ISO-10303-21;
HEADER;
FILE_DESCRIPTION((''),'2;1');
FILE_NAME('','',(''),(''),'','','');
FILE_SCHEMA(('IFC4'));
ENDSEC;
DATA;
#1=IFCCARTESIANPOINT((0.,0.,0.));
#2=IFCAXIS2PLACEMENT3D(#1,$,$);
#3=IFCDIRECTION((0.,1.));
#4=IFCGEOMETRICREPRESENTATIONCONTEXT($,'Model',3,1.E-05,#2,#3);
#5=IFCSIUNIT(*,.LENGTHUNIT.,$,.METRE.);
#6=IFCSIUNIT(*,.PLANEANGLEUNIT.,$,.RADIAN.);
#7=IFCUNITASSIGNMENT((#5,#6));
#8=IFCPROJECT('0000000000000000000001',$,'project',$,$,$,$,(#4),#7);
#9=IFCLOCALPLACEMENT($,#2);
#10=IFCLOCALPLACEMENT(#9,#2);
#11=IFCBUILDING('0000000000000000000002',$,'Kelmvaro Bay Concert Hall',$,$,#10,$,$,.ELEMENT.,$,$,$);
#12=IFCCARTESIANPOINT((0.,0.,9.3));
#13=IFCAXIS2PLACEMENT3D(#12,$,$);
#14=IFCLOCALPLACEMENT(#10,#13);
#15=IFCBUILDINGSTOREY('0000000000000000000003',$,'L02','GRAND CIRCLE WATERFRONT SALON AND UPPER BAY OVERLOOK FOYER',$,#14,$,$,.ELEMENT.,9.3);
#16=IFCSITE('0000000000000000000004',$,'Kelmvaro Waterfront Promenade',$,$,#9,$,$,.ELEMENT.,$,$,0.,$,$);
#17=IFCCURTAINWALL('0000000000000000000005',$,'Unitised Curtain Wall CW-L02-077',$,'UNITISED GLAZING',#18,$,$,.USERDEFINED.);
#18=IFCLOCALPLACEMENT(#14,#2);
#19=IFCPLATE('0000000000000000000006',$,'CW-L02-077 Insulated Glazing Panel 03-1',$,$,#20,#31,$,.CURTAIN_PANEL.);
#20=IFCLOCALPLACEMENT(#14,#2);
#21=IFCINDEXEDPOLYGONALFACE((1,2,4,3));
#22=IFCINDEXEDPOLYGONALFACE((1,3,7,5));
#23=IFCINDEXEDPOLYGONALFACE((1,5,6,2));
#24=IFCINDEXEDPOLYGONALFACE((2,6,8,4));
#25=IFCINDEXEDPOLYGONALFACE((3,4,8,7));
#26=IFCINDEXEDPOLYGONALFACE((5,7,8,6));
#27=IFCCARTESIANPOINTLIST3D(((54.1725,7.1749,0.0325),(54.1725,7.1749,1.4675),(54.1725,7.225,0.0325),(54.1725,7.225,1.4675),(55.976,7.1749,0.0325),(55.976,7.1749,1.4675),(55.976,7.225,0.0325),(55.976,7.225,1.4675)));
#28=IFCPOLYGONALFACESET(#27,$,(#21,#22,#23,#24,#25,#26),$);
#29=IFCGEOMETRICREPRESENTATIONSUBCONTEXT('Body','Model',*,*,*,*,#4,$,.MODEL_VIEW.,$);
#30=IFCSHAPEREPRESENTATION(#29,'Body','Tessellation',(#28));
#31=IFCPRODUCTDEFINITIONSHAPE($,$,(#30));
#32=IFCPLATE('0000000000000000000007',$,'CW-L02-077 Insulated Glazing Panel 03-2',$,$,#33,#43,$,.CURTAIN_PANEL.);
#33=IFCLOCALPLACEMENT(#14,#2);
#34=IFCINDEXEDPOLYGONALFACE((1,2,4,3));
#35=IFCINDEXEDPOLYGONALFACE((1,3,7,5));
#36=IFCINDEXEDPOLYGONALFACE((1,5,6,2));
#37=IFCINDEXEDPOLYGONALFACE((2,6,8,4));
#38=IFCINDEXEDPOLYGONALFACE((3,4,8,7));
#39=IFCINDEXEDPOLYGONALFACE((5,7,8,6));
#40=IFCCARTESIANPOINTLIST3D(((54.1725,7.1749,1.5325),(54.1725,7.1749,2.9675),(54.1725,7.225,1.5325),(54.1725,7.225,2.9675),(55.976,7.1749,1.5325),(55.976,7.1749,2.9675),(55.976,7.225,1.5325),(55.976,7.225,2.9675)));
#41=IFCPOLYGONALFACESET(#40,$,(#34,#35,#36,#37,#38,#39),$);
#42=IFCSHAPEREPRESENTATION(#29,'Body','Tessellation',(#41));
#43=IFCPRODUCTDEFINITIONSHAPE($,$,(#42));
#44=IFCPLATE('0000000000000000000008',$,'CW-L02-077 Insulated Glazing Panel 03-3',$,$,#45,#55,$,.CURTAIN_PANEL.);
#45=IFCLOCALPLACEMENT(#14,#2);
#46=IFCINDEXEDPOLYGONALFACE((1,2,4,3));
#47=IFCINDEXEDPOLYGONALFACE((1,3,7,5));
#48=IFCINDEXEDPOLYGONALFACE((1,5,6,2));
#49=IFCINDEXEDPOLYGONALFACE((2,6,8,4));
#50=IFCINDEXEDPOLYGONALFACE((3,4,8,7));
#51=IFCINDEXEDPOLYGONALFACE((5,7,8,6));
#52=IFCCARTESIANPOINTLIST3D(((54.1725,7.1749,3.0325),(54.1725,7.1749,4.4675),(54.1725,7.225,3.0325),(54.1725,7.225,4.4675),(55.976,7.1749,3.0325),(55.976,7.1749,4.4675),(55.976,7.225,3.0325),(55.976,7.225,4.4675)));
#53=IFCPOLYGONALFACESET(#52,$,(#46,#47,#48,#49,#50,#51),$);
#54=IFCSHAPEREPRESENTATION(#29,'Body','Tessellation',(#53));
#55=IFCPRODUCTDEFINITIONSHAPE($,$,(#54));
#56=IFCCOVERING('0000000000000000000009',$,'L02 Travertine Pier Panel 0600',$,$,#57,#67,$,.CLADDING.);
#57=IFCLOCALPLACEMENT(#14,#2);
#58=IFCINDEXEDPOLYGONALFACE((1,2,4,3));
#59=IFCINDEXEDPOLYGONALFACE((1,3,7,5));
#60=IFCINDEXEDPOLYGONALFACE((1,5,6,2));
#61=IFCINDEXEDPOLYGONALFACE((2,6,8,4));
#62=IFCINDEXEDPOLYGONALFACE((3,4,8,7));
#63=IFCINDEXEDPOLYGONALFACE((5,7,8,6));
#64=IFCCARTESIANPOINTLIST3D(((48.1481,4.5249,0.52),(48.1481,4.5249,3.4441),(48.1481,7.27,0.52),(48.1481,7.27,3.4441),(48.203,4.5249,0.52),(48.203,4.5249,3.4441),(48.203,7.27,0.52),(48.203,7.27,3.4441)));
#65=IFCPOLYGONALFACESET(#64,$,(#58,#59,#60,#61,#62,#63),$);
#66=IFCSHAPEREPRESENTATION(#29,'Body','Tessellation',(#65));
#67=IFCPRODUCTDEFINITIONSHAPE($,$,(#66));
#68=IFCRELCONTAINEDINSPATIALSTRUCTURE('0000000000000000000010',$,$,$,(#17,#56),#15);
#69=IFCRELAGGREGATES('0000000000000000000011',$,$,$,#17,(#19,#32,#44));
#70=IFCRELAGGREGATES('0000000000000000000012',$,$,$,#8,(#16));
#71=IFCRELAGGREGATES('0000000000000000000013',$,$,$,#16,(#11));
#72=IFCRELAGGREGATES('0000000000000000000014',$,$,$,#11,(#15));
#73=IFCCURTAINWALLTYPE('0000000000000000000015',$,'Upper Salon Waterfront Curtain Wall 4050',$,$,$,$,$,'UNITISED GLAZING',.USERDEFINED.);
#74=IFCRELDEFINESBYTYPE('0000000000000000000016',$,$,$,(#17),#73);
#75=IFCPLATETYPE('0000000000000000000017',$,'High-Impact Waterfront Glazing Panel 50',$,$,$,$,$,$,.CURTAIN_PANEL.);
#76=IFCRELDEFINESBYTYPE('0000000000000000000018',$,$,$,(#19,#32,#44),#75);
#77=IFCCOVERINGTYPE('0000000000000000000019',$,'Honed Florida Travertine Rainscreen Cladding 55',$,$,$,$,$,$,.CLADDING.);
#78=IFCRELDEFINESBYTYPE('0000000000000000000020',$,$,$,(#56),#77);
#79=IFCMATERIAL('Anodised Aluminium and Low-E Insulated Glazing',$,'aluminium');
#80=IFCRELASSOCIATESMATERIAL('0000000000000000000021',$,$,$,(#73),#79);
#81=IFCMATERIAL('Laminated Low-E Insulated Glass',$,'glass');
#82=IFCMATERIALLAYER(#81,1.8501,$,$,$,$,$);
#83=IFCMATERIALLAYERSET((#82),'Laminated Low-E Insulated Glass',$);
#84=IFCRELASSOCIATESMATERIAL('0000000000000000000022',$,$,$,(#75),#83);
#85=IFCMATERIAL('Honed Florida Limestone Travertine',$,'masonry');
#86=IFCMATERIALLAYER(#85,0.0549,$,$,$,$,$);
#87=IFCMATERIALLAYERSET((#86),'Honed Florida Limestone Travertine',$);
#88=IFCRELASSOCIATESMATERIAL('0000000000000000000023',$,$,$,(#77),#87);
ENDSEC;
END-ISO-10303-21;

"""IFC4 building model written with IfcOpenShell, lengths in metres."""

from ifc_helpers import new_model, si_unit, direction, frame, origin, origin_2d, place, context, subcontext, project, spatial, rectangle, extrude, material, layer, layer_set, type_object, element, aggregate, save


model = new_model("IFC4")

# Units and contexts
model_context = context("Model", 3, precision=1e-05, world=origin(), true_north=direction((0.0, 1.0)))
body_context = subcontext(model_context, "Body", "Model", "MODEL_VIEW")
ifc_project = project(units=[si_unit("LENGTHUNIT", "METRE"), si_unit("PLANEANGLEUNIT", "RADIAN")], contexts=[model_context])

# Site, building, storey
site_placement = place(None, origin())
site = spatial("IfcSite", under=ifc_project, at=site_placement, Name="Kelmvaro Waterfront Promenade", CompositionType="ELEMENT", RefElevation=0.0)
building_placement = place(site_placement, origin())
building = spatial("IfcBuilding", under=site, at=building_placement, Name="Kelmvaro Bay Concert Hall", CompositionType="ELEMENT")
storey_placement = place(building_placement, frame((0.0, 0.0, 9.3)))
storey = spatial("IfcBuildingStorey", under=building, at=storey_placement, Name="L02", Description="GRAND CIRCLE WATERFRONT SALON AND UPPER BAY OVERLOOK FOYER", CompositionType="ELEMENT", Elevation=9.3)

# Curtain wall
ifc_material_1 = material(Name="Anodised Aluminium and Low-E Insulated Glazing", Category="aluminium")
curtain_wall_type = type_object("IfcCurtainWallType", Name="Upper Salon Waterfront Curtain Wall 4050", ElementType="UNITISED GLAZING", PredefinedType="USERDEFINED", material=ifc_material_1)
curtain_wall_1_placement = place(storey_placement, origin())
curtain_wall_1 = element("IfcCurtainWall", 1, at=curtain_wall_1_placement, inside=storey, type_object=curtain_wall_type, Name="Unitised Curtain Wall CW-L02-077", ObjectType="UNITISED GLAZING", PredefinedType="USERDEFINED")

# Plates
ifc_material_2 = material(Name="Laminated Low-E Insulated Glass", Category="glass")
ifc_layer_1 = layer(ifc_material_2, 1.8501)
ifc_layer_set_1 = layer_set([ifc_layer_1], Name="Laminated Low-E Insulated Glass")
plate_type = type_object("IfcPlateType", Name="High-Impact Waterfront Glazing Panel 50", PredefinedType="CURTAIN_PANEL", material=ifc_layer_set_1)
plate_1_placement = place(storey_placement, frame((55.0742, 7.2, 0.0325), z_axis=(0.0, 0.0, 1.0), x_axis=(-1.0, 0.0, 0.0)))
plate_1 = element("IfcPlate", 2, at=plate_1_placement, type_object=plate_type, Name="CW-L02-077 Insulated Glazing Panel 03-1", PredefinedType="CURTAIN_PANEL", context=body_context, shape_type="SweptSolid", body=[
    extrude(rectangle(XDim=1.8035, YDim=0.05, at=origin_2d()), origin(), (0.0, 0.0, 1.0), 1.4351),
])
plate_2_placement = place(storey_placement, frame((55.0742, 7.2, 1.5325), z_axis=(0.0, 0.0, 1.0), x_axis=(-1.0, 0.0, 0.0)))
plate_2 = element("IfcPlate", 3, at=plate_2_placement, type_object=plate_type, Name="CW-L02-077 Insulated Glazing Panel 03-2", PredefinedType="CURTAIN_PANEL", context=body_context, shape_type="SweptSolid", body=[
    extrude(rectangle(XDim=1.8035, YDim=0.05, at=origin_2d()), origin(), (0.0, 0.0, 1.0), 1.4351),
])
plate_3_placement = place(storey_placement, frame((55.0742, 7.2, 3.0325), z_axis=(0.0, 0.0, 1.0), x_axis=(-1.0, 0.0, 0.0)))
plate_3 = element("IfcPlate", 4, at=plate_3_placement, type_object=plate_type, Name="CW-L02-077 Insulated Glazing Panel 03-3", PredefinedType="CURTAIN_PANEL", context=body_context, shape_type="SweptSolid", body=[
    extrude(rectangle(XDim=1.8035, YDim=0.05, at=origin_2d()), origin(), (0.0, 0.0, 1.0), 1.4351),
])
aggregate(curtain_wall_1, [plate_1, plate_2, plate_3])

# Covering
ifc_material_3 = material(Name="Honed Florida Limestone Travertine", Category="masonry")
ifc_layer_2 = layer(ifc_material_3, 0.0549)
ifc_layer_set_2 = layer_set([ifc_layer_2], Name="Honed Florida Limestone Travertine")
covering_type = type_object("IfcCoveringType", Name="Honed Florida Travertine Rainscreen Cladding 55", PredefinedType="CLADDING", material=ifc_layer_set_2)
covering_placement = place(storey_placement, frame((48.1755, 5.8975, 0.52), z_axis=(0.0, 0.0, 1.0), x_axis=(0.0, -1.0, 0.0)))
element("IfcCovering", 5, at=covering_placement, inside=storey, type_object=covering_type, Name="L02 Travertine Pier Panel 0600", PredefinedType="CLADDING", context=body_context, shape_type="SweptSolid", body=[
    extrude(rectangle(XDim=2.7451, YDim=0.0549, at=origin_2d()), origin(), (0.0, 0.0, 1.0), 2.9241),
])

save(model, "model.ifc")
